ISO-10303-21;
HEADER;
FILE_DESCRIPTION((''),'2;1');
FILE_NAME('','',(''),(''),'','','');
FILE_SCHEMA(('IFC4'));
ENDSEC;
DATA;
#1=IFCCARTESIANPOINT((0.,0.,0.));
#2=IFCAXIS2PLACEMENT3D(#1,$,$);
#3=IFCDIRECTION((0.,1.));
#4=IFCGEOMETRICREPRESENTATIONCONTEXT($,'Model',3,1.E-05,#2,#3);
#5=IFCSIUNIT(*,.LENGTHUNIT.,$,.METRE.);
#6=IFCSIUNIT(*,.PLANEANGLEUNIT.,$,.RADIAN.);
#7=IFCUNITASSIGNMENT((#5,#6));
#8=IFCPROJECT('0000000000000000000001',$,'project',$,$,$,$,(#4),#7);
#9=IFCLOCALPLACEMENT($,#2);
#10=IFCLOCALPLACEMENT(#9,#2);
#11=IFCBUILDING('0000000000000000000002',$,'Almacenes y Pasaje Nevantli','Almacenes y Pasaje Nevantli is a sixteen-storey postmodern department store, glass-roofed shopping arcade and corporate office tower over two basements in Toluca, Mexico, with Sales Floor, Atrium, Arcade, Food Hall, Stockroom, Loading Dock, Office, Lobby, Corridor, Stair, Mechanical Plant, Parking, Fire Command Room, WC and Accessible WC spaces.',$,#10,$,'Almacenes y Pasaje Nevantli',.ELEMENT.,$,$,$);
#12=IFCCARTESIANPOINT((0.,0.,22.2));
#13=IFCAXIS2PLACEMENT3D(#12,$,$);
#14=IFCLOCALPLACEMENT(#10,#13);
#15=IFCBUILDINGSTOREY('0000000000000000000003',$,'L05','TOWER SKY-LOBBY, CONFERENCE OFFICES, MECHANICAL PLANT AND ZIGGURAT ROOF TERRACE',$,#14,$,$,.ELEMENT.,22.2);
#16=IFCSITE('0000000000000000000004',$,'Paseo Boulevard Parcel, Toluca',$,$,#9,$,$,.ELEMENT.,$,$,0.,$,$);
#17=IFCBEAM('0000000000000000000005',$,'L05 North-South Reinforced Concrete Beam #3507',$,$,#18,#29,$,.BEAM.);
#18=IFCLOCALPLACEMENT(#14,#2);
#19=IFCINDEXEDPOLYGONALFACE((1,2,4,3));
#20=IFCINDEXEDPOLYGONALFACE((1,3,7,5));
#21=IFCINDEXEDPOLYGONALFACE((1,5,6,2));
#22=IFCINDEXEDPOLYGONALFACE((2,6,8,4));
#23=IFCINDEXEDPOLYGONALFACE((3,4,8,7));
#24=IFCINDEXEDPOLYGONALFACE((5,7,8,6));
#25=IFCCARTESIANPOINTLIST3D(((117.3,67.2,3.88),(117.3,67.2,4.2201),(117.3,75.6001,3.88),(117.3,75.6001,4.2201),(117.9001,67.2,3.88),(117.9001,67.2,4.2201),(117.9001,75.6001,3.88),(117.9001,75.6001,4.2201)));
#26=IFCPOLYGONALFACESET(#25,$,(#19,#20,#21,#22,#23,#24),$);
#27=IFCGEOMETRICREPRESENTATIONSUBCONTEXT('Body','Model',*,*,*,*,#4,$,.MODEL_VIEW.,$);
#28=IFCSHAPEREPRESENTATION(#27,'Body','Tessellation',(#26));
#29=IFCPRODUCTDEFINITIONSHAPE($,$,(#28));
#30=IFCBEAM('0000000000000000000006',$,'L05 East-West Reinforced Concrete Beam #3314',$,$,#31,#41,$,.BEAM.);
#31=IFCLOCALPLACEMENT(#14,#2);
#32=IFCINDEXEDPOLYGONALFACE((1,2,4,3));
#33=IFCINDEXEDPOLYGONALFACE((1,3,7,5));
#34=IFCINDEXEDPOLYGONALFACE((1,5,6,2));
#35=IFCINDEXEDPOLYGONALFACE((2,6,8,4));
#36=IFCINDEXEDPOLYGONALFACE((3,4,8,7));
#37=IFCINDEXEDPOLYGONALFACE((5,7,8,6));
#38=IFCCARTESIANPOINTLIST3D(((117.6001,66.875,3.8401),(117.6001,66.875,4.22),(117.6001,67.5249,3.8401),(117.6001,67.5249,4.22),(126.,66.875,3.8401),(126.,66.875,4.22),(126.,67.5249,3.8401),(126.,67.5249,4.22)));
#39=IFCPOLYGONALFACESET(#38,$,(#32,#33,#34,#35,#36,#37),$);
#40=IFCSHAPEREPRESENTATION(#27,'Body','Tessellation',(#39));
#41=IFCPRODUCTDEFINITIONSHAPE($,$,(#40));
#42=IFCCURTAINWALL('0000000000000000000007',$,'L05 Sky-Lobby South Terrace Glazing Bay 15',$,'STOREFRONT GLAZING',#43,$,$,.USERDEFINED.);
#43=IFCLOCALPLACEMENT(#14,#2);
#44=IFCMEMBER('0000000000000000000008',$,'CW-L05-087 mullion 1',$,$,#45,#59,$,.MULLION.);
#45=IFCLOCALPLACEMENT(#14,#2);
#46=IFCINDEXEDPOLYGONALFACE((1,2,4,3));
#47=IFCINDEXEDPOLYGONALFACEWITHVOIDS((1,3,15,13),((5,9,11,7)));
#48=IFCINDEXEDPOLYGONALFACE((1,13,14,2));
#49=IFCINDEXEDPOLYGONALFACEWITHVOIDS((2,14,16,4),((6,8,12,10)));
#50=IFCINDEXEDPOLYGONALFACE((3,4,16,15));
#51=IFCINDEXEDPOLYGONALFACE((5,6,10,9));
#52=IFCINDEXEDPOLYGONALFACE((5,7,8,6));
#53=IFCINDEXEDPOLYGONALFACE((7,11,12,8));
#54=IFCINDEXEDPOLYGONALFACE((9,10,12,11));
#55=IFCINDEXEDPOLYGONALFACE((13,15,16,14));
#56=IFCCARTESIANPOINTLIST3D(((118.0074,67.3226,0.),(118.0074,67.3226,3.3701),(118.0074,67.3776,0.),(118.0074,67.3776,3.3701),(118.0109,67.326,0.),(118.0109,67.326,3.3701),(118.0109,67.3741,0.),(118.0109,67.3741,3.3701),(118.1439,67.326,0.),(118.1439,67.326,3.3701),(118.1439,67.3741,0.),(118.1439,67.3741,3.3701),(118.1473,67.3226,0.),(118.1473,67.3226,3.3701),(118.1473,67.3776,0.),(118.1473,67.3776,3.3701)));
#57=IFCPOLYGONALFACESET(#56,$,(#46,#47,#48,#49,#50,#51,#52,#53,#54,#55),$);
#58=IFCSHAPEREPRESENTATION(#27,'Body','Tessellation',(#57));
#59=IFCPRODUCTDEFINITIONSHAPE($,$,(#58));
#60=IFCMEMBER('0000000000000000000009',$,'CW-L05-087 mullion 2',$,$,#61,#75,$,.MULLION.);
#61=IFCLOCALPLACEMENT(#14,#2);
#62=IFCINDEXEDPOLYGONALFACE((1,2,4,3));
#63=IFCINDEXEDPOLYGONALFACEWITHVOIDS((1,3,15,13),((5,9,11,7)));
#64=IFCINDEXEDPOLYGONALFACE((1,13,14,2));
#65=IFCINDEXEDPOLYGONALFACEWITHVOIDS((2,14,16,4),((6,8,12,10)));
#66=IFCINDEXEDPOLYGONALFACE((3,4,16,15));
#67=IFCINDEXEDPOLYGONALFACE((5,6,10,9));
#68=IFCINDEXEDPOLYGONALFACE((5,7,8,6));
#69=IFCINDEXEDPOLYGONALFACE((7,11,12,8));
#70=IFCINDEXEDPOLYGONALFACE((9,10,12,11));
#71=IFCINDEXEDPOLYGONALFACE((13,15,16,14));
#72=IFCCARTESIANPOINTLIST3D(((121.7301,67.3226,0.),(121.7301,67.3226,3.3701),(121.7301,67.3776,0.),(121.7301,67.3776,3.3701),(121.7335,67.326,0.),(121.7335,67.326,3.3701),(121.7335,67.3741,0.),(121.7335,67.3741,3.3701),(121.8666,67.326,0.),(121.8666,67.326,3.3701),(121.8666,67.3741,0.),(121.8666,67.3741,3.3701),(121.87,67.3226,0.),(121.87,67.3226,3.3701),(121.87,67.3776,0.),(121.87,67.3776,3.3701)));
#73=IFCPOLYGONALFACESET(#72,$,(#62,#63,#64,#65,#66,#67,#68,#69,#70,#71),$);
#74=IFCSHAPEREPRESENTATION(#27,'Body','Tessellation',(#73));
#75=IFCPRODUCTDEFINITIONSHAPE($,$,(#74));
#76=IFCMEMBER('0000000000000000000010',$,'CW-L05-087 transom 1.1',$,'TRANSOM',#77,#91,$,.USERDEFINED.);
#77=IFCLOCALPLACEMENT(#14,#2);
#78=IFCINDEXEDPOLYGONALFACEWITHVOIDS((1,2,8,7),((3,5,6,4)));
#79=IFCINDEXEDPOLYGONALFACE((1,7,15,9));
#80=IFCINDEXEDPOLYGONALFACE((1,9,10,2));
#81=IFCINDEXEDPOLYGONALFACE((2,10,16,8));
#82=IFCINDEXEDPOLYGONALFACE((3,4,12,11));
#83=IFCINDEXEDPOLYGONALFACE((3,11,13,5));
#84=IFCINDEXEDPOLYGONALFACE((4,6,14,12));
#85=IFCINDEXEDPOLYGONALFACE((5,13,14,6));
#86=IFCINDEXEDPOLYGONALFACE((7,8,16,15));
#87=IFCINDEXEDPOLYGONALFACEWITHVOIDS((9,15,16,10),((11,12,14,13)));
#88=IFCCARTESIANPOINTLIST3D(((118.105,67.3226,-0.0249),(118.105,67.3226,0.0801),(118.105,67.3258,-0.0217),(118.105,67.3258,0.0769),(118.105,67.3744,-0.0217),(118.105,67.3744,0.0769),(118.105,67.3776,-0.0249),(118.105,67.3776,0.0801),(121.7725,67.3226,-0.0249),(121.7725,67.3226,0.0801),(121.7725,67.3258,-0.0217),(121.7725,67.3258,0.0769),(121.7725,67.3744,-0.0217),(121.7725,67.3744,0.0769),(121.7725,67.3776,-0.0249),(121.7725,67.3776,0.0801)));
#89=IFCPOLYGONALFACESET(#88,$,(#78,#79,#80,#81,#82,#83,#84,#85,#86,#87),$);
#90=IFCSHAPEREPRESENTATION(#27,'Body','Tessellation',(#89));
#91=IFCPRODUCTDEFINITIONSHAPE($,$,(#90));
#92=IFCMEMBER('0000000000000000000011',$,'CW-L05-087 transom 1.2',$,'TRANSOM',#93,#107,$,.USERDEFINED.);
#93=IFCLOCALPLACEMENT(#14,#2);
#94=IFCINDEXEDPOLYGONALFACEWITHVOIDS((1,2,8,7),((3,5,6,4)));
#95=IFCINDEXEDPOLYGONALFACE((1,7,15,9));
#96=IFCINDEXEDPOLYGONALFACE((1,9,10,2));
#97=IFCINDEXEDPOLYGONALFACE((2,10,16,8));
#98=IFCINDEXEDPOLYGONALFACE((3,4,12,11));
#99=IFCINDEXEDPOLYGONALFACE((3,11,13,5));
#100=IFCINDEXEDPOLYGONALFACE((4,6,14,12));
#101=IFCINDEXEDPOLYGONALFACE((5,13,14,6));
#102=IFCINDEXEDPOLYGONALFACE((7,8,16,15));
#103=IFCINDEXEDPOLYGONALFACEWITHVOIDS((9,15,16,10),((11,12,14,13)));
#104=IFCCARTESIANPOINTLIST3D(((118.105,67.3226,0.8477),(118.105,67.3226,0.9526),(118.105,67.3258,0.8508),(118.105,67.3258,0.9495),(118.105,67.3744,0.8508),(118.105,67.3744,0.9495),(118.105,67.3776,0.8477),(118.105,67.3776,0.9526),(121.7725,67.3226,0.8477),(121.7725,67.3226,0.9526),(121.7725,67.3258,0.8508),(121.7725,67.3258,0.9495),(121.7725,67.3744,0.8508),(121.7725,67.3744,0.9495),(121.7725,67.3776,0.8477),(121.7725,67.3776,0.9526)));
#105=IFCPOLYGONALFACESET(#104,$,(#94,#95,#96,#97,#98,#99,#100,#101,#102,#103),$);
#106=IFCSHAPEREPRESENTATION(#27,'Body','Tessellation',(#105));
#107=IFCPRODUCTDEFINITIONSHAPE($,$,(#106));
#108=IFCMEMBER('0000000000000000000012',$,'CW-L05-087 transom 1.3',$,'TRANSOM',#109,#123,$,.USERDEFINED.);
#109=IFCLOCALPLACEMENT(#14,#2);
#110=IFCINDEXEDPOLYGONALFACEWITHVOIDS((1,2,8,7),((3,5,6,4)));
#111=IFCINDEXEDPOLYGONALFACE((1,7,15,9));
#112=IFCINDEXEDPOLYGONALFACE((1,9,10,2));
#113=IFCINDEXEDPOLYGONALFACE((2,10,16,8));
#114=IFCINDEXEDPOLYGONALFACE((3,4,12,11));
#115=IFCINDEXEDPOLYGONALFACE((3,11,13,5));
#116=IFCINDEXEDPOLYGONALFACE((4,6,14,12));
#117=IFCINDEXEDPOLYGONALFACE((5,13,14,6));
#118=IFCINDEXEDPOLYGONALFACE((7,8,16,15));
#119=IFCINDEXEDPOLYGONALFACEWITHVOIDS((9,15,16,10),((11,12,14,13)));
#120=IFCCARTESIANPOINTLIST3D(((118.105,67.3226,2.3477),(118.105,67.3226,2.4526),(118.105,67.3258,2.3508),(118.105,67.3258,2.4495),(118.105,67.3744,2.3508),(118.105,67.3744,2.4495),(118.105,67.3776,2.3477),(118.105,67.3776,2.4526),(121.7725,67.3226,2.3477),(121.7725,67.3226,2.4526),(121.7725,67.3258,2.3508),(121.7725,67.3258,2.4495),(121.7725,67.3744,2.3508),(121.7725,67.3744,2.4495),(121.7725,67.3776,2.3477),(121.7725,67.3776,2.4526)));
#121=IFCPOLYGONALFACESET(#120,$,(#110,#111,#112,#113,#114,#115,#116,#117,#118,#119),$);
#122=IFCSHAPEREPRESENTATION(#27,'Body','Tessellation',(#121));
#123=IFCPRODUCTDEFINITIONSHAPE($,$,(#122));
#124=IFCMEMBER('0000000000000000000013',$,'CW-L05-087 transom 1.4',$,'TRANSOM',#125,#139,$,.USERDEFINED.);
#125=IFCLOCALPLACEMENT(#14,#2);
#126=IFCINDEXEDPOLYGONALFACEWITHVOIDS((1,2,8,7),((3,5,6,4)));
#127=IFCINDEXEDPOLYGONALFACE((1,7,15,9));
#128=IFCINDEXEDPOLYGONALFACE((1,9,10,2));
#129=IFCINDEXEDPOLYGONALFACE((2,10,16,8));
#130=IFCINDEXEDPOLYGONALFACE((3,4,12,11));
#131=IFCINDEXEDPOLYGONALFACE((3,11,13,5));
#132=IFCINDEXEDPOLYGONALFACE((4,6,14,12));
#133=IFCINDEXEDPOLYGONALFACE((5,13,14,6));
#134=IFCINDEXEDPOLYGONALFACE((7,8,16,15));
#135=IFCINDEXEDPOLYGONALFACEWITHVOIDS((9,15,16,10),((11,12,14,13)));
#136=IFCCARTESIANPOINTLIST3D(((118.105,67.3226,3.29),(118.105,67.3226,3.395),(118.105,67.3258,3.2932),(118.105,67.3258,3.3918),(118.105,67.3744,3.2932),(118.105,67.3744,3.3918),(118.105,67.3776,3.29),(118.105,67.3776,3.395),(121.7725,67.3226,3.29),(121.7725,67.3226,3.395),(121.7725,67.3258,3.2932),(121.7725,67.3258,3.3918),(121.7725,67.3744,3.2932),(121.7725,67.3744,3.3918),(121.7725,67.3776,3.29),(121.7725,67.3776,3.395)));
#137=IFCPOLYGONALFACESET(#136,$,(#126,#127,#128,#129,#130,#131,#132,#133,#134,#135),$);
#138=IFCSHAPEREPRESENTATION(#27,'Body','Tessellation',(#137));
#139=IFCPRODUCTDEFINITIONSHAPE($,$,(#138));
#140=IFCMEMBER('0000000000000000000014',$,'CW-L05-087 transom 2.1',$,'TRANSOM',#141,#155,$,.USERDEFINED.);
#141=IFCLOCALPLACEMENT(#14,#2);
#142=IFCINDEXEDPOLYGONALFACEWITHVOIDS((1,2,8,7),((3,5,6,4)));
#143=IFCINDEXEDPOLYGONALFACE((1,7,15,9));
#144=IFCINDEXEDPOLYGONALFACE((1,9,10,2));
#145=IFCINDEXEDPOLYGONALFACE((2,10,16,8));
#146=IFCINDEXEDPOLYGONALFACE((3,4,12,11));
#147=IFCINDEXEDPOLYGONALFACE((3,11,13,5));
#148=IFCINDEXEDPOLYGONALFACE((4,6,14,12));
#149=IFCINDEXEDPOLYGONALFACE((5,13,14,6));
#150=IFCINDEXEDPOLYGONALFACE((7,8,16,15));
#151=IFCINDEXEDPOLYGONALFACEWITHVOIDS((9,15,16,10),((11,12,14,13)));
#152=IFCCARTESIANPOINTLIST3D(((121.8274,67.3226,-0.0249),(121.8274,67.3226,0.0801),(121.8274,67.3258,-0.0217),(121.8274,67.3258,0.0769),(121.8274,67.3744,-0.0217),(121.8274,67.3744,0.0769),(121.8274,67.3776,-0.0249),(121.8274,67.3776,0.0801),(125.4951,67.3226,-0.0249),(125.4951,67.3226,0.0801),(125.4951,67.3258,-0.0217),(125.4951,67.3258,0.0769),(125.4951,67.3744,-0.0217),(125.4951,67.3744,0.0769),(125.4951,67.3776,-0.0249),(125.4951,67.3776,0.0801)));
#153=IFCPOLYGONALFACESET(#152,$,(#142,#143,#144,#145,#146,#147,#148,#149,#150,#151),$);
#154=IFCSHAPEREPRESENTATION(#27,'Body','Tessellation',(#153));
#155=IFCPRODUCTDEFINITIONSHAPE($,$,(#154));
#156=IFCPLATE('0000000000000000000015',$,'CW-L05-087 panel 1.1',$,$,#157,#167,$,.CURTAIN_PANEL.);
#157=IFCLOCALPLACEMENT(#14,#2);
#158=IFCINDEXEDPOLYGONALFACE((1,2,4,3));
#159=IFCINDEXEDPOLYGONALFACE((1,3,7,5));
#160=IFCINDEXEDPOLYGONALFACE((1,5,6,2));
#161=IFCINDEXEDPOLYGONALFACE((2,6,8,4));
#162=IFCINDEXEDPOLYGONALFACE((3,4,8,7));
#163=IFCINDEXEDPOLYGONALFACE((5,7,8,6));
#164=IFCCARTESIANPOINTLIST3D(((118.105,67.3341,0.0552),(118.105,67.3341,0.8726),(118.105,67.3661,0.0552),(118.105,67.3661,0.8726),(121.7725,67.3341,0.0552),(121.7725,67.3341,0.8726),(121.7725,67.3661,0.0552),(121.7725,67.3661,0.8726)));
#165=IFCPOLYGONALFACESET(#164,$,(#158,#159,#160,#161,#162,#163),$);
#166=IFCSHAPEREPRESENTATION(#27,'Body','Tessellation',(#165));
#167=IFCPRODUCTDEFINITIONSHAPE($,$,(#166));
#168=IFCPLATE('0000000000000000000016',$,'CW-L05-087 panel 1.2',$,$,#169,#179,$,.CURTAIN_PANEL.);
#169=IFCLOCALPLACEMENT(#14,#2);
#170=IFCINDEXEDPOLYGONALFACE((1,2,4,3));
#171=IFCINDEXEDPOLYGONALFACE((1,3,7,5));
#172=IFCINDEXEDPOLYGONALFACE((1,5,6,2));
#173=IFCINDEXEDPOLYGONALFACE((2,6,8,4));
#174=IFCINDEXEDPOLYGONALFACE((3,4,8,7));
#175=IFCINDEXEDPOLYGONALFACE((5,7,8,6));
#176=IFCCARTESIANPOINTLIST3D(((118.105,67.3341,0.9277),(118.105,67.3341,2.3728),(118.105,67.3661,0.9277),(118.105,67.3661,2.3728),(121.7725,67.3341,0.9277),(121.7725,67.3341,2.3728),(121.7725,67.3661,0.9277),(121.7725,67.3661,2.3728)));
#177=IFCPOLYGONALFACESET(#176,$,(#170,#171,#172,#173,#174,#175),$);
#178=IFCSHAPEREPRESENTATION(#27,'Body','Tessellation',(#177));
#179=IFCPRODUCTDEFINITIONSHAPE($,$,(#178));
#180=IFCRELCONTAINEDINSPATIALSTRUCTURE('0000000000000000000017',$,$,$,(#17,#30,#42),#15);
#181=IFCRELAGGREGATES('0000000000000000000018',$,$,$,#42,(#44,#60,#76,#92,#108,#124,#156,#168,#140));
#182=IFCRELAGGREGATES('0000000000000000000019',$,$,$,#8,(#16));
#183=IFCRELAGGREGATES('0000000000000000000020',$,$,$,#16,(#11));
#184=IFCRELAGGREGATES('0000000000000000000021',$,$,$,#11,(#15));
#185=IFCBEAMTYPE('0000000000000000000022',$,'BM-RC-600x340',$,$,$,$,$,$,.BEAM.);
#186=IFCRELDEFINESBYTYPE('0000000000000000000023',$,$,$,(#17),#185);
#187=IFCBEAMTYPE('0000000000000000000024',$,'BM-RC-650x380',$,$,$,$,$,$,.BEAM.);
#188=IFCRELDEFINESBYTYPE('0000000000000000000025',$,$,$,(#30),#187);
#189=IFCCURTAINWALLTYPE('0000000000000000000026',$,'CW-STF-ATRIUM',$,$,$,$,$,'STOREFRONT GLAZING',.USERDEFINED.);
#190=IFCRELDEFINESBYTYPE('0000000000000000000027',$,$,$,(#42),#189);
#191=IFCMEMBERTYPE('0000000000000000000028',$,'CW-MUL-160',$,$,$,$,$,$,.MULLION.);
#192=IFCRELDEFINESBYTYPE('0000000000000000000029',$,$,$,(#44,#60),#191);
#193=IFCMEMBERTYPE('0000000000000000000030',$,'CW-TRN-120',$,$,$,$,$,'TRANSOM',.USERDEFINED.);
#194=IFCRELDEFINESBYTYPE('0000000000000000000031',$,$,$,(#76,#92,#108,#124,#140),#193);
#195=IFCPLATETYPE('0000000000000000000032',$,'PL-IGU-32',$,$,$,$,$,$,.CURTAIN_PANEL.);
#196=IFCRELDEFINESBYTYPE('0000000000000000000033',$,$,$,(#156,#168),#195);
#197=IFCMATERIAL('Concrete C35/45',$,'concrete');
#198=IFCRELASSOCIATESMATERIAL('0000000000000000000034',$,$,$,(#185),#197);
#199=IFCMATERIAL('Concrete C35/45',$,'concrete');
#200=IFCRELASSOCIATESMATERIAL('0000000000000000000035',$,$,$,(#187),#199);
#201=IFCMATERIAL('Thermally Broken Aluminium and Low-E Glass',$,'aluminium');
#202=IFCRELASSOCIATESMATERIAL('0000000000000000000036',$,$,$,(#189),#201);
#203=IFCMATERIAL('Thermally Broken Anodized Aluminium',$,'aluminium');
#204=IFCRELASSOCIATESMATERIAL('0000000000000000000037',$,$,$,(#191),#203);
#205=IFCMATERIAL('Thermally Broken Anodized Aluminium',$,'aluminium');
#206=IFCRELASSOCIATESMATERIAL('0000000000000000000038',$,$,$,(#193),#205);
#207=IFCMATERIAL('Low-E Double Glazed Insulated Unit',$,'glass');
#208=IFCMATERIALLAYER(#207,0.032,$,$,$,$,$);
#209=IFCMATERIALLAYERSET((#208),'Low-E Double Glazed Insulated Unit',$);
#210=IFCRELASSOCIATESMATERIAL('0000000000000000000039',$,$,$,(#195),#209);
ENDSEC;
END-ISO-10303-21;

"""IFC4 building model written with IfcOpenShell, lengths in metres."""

from ifc_helpers import new_model, si_unit, direction, frame, origin, origin_2d, place, context, subcontext, project, spatial, rectangle, hollow_rectangle, extrude, material, layer, layer_set, material_profile, profile_set, type_object, element, aggregate, save


model = new_model("IFC4")

# Units and contexts
model_context = context("Model", 3, precision=1e-05, world=origin(), true_north=direction((0.0, 1.0)))
body_context = subcontext(model_context, "Body", "Model", "MODEL_VIEW")
ifc_project = project(units=[si_unit("LENGTHUNIT", "METRE"), si_unit("PLANEANGLEUNIT", "RADIAN")], contexts=[model_context])

# Site, building, storey
site_placement = place(None, origin())
site = spatial("IfcSite", under=ifc_project, at=site_placement, Name="Paseo Boulevard Parcel, Toluca", CompositionType="ELEMENT", RefElevation=0.0)
building_placement = place(site_placement, origin())
building = spatial("IfcBuilding", under=site, at=building_placement, Name="Almacenes y Pasaje Nevantli", Description="Almacenes y Pasaje Nevantli is a sixteen-storey postmodern department store, glass-roofed shopping arcade and corporate office tower over two basements in Toluca, Mexico, with Sales Floor, Atrium, Arcade, Food Hall, Stockroom, Loading Dock, Office, Lobby, Corridor, Stair, Mechanical Plant, Parking, Fire Command Room, WC and Accessible WC spaces.", LongName="Almacenes y Pasaje Nevantli", CompositionType="ELEMENT")
storey_placement = place(building_placement, frame((0.0, 0.0, 22.2)))
storey = spatial("IfcBuildingStorey", under=building, at=storey_placement, Name="L05", Description="TOWER SKY-LOBBY, CONFERENCE OFFICES, MECHANICAL PLANT AND ZIGGURAT ROOF TERRACE", CompositionType="ELEMENT", Elevation=22.2)

# Beams
ifc_material_1 = material(Name="Concrete C35/45", Category="concrete")
ifc_material_profile_1 = material_profile(ifc_material_1, rectangle(XDim=0.6001, YDim=0.3401, at=origin_2d()), Name="RC-BM-600x340")
ifc_profile_set_1 = profile_set([ifc_material_profile_1], Name="Concrete C35/45")
beam_type_1 = type_object("IfcBeamType", Name="BM-RC-600x340", PredefinedType="BEAM", material=ifc_profile_set_1)
beam_1_placement = place(storey_placement, frame((117.6001, 67.2, 4.05), z_axis=(0.0, 1.0, 0.0), x_axis=(-1.0, 0.0, 0.0)))
element("IfcBeam", 1, at=beam_1_placement, inside=storey, type_object=beam_type_1, Name="L05 North-South Reinforced Concrete Beam #3507", PredefinedType="BEAM", context=body_context, shape_type="SweptSolid", body=[
    extrude(rectangle(XDim=0.6001, YDim=0.3401, at=origin_2d()), origin(), (0.0, 0.0, 1.0), 8.4001),
])
ifc_material_2 = material(Name="Concrete C35/45", Category="concrete")
ifc_material_profile_2 = material_profile(ifc_material_2, rectangle(XDim=0.6499, YDim=0.3799, at=origin_2d()), Name="RC-BM-650x380")
ifc_profile_set_2 = profile_set([ifc_material_profile_2], Name="Concrete C35/45")
beam_type_2 = type_object("IfcBeamType", Name="BM-RC-650x380", PredefinedType="BEAM", material=ifc_profile_set_2)
beam_2_placement = place(storey_placement, frame((117.6001, 67.2, 4.03), z_axis=(1.0, 0.0, 0.0), x_axis=(0.0, 1.0, 0.0)))
element("IfcBeam", 2, at=beam_2_placement, inside=storey, type_object=beam_type_2, Name="L05 East-West Reinforced Concrete Beam #3314", PredefinedType="BEAM", context=body_context, shape_type="SweptSolid", body=[
    extrude(rectangle(XDim=0.6499, YDim=0.3799, at=origin_2d()), origin(), (0.0, 0.0, 1.0), 8.3999),
])

# Curtain wall, members, plates
ifc_material_3 = material(Name="Thermally Broken Aluminium and Low-E Glass", Category="aluminium")
curtain_wall_type = type_object("IfcCurtainWallType", Name="CW-STF-ATRIUM", ElementType="STOREFRONT GLAZING", PredefinedType="USERDEFINED", material=ifc_material_3)
curtain_wall_placement = place(storey_placement, origin())
curtain_wall = element("IfcCurtainWall", 3, at=curtain_wall_placement, inside=storey, type_object=curtain_wall_type, Name="L05 Sky-Lobby South Terrace Glazing Bay 15", ObjectType="STOREFRONT GLAZING", PredefinedType="USERDEFINED")
ifc_material_4 = material(Name="Thermally Broken Anodized Aluminium", Category="aluminium")
ifc_material_profile_3 = material_profile(ifc_material_4, hollow_rectangle(XDim=0.0549, YDim=0.1399, WallThickness=0.0034, at=origin_2d()), Name="ALU-MUL-55x140")
ifc_profile_set_3 = profile_set([ifc_material_profile_3], Name="Thermally Broken Anodized Aluminium")
member_type_1 = type_object("IfcMemberType", Name="CW-MUL-160", PredefinedType="MULLION", material=ifc_profile_set_3)
member_1_placement = place(storey_placement, frame((118.0774, 67.3501, 0.0), z_axis=(0.0, 0.0, 1.0), x_axis=(0.0, 1.0, 0.0)))
member_1 = element("IfcMember", 4, at=member_1_placement, type_object=member_type_1, Name="CW-L05-087 mullion 1", PredefinedType="MULLION", context=body_context, shape_type="SweptSolid", body=[
    extrude(hollow_rectangle(XDim=0.0549, YDim=0.1399, WallThickness=0.0034, at=origin_2d()), origin(), (0.0, 0.0, 1.0), 3.3701),
])
member_2_placement = place(storey_placement, frame((121.8, 67.3501, 0.0), z_axis=(0.0, 0.0, 1.0), x_axis=(0.0, 1.0, 0.0)))
member_2 = element("IfcMember", 5, at=member_2_placement, type_object=member_type_1, Name="CW-L05-087 mullion 2", PredefinedType="MULLION", context=body_context, shape_type="SweptSolid", body=[
    extrude(hollow_rectangle(XDim=0.0549, YDim=0.1399, WallThickness=0.0034, at=origin_2d()), origin(), (0.0, 0.0, 1.0), 3.3701),
])
ifc_material_5 = material(Name="Thermally Broken Anodized Aluminium", Category="aluminium")
ifc_material_profile_4 = material_profile(ifc_material_5, hollow_rectangle(XDim=0.0549, YDim=0.105, WallThickness=0.0032, at=origin_2d()), Name="ALU-TRN-55x105")
ifc_profile_set_4 = profile_set([ifc_material_profile_4], Name="Thermally Broken Anodized Aluminium")
member_type_2 = type_object("IfcMemberType", Name="CW-TRN-120", ElementType="TRANSOM", PredefinedType="USERDEFINED", material=ifc_profile_set_4)
member_3_placement = place(storey_placement, frame((118.105, 67.3501, 0.0276), z_axis=(1.0, 0.0, 0.0), x_axis=(0.0, 1.0, 0.0)))
member_3 = element("IfcMember", 6, at=member_3_placement, type_object=member_type_2, Name="CW-L05-087 transom 1.1", ObjectType="TRANSOM", PredefinedType="USERDEFINED", context=body_context, shape_type="SweptSolid", body=[
    extrude(hollow_rectangle(XDim=0.0549, YDim=0.105, WallThickness=0.0032, at=origin_2d()), origin(), (0.0, 0.0, 1.0), 3.6675),
])
member_4_placement = place(storey_placement, frame((118.105, 67.3501, 0.9001), z_axis=(1.0, 0.0, 0.0), x_axis=(0.0, 1.0, 0.0)))
member_4 = element("IfcMember", 7, at=member_4_placement, type_object=member_type_2, Name="CW-L05-087 transom 1.2", ObjectType="TRANSOM", PredefinedType="USERDEFINED", context=body_context, shape_type="SweptSolid", body=[
    extrude(hollow_rectangle(XDim=0.0549, YDim=0.105, WallThickness=0.0032, at=origin_2d()), origin(), (0.0, 0.0, 1.0), 3.6675),
])
member_5_placement = place(storey_placement, frame((118.105, 67.3501, 2.4001), z_axis=(1.0, 0.0, 0.0), x_axis=(0.0, 1.0, 0.0)))
member_5 = element("IfcMember", 8, at=member_5_placement, type_object=member_type_2, Name="CW-L05-087 transom 1.3", ObjectType="TRANSOM", PredefinedType="USERDEFINED", context=body_context, shape_type="SweptSolid", body=[
    extrude(hollow_rectangle(XDim=0.0549, YDim=0.105, WallThickness=0.0032, at=origin_2d()), origin(), (0.0, 0.0, 1.0), 3.6675),
])
member_6_placement = place(storey_placement, frame((118.105, 67.3501, 3.3425), z_axis=(1.0, 0.0, 0.0), x_axis=(0.0, 1.0, 0.0)))
member_6 = element("IfcMember", 9, at=member_6_placement, type_object=member_type_2, Name="CW-L05-087 transom 1.4", ObjectType="TRANSOM", PredefinedType="USERDEFINED", context=body_context, shape_type="SweptSolid", body=[
    extrude(hollow_rectangle(XDim=0.0549, YDim=0.105, WallThickness=0.0032, at=origin_2d()), origin(), (0.0, 0.0, 1.0), 3.6675),
])
member_7_placement = place(storey_placement, frame((121.8274, 67.3501, 0.0276), z_axis=(1.0, 0.0, 0.0), x_axis=(0.0, 1.0, 0.0)))
member_7 = element("IfcMember", 10, at=member_7_placement, type_object=member_type_2, Name="CW-L05-087 transom 2.1", ObjectType="TRANSOM", PredefinedType="USERDEFINED", context=body_context, shape_type="SweptSolid", body=[
    extrude(hollow_rectangle(XDim=0.0549, YDim=0.105, WallThickness=0.0032, at=origin_2d()), origin(), (0.0, 0.0, 1.0), 3.6677),
])
ifc_material_6 = material(Name="Low-E Double Glazed Insulated Unit", Category="glass")
ifc_layer_1 = layer(ifc_material_6, 0.032)
ifc_layer_set_1 = layer_set([ifc_layer_1], Name="Low-E Double Glazed Insulated Unit")
plate_type = type_object("IfcPlateType", Name="PL-IGU-32", PredefinedType="CURTAIN_PANEL", material=ifc_layer_set_1)
plate_1_placement = place(storey_placement, frame((119.9387, 67.3501, 0.0552), z_axis=(0.0, 0.0, 1.0), x_axis=(1.0, 0.0, 0.0)))
plate_1 = element("IfcPlate", 11, at=plate_1_placement, type_object=plate_type, Name="CW-L05-087 panel 1.1", PredefinedType="CURTAIN_PANEL", context=body_context, shape_type="SweptSolid", body=[
    extrude(rectangle(XDim=3.6675, YDim=0.032, at=origin_2d()), origin(), (0.0, 0.0, 1.0), 0.8174),
])
plate_2_placement = place(storey_placement, frame((119.9387, 67.3501, 0.9277), z_axis=(0.0, 0.0, 1.0), x_axis=(1.0, 0.0, 0.0)))
plate_2 = element("IfcPlate", 12, at=plate_2_placement, type_object=plate_type, Name="CW-L05-087 panel 1.2", PredefinedType="CURTAIN_PANEL", context=body_context, shape_type="SweptSolid", body=[
    extrude(rectangle(XDim=3.6675, YDim=0.032, at=origin_2d()), origin(), (0.0, 0.0, 1.0), 1.4451),
])
aggregate(curtain_wall, [member_1, member_2, member_3, member_4, member_5, member_6, plate_1, plate_2, member_7])

save(model, "model.ifc")
